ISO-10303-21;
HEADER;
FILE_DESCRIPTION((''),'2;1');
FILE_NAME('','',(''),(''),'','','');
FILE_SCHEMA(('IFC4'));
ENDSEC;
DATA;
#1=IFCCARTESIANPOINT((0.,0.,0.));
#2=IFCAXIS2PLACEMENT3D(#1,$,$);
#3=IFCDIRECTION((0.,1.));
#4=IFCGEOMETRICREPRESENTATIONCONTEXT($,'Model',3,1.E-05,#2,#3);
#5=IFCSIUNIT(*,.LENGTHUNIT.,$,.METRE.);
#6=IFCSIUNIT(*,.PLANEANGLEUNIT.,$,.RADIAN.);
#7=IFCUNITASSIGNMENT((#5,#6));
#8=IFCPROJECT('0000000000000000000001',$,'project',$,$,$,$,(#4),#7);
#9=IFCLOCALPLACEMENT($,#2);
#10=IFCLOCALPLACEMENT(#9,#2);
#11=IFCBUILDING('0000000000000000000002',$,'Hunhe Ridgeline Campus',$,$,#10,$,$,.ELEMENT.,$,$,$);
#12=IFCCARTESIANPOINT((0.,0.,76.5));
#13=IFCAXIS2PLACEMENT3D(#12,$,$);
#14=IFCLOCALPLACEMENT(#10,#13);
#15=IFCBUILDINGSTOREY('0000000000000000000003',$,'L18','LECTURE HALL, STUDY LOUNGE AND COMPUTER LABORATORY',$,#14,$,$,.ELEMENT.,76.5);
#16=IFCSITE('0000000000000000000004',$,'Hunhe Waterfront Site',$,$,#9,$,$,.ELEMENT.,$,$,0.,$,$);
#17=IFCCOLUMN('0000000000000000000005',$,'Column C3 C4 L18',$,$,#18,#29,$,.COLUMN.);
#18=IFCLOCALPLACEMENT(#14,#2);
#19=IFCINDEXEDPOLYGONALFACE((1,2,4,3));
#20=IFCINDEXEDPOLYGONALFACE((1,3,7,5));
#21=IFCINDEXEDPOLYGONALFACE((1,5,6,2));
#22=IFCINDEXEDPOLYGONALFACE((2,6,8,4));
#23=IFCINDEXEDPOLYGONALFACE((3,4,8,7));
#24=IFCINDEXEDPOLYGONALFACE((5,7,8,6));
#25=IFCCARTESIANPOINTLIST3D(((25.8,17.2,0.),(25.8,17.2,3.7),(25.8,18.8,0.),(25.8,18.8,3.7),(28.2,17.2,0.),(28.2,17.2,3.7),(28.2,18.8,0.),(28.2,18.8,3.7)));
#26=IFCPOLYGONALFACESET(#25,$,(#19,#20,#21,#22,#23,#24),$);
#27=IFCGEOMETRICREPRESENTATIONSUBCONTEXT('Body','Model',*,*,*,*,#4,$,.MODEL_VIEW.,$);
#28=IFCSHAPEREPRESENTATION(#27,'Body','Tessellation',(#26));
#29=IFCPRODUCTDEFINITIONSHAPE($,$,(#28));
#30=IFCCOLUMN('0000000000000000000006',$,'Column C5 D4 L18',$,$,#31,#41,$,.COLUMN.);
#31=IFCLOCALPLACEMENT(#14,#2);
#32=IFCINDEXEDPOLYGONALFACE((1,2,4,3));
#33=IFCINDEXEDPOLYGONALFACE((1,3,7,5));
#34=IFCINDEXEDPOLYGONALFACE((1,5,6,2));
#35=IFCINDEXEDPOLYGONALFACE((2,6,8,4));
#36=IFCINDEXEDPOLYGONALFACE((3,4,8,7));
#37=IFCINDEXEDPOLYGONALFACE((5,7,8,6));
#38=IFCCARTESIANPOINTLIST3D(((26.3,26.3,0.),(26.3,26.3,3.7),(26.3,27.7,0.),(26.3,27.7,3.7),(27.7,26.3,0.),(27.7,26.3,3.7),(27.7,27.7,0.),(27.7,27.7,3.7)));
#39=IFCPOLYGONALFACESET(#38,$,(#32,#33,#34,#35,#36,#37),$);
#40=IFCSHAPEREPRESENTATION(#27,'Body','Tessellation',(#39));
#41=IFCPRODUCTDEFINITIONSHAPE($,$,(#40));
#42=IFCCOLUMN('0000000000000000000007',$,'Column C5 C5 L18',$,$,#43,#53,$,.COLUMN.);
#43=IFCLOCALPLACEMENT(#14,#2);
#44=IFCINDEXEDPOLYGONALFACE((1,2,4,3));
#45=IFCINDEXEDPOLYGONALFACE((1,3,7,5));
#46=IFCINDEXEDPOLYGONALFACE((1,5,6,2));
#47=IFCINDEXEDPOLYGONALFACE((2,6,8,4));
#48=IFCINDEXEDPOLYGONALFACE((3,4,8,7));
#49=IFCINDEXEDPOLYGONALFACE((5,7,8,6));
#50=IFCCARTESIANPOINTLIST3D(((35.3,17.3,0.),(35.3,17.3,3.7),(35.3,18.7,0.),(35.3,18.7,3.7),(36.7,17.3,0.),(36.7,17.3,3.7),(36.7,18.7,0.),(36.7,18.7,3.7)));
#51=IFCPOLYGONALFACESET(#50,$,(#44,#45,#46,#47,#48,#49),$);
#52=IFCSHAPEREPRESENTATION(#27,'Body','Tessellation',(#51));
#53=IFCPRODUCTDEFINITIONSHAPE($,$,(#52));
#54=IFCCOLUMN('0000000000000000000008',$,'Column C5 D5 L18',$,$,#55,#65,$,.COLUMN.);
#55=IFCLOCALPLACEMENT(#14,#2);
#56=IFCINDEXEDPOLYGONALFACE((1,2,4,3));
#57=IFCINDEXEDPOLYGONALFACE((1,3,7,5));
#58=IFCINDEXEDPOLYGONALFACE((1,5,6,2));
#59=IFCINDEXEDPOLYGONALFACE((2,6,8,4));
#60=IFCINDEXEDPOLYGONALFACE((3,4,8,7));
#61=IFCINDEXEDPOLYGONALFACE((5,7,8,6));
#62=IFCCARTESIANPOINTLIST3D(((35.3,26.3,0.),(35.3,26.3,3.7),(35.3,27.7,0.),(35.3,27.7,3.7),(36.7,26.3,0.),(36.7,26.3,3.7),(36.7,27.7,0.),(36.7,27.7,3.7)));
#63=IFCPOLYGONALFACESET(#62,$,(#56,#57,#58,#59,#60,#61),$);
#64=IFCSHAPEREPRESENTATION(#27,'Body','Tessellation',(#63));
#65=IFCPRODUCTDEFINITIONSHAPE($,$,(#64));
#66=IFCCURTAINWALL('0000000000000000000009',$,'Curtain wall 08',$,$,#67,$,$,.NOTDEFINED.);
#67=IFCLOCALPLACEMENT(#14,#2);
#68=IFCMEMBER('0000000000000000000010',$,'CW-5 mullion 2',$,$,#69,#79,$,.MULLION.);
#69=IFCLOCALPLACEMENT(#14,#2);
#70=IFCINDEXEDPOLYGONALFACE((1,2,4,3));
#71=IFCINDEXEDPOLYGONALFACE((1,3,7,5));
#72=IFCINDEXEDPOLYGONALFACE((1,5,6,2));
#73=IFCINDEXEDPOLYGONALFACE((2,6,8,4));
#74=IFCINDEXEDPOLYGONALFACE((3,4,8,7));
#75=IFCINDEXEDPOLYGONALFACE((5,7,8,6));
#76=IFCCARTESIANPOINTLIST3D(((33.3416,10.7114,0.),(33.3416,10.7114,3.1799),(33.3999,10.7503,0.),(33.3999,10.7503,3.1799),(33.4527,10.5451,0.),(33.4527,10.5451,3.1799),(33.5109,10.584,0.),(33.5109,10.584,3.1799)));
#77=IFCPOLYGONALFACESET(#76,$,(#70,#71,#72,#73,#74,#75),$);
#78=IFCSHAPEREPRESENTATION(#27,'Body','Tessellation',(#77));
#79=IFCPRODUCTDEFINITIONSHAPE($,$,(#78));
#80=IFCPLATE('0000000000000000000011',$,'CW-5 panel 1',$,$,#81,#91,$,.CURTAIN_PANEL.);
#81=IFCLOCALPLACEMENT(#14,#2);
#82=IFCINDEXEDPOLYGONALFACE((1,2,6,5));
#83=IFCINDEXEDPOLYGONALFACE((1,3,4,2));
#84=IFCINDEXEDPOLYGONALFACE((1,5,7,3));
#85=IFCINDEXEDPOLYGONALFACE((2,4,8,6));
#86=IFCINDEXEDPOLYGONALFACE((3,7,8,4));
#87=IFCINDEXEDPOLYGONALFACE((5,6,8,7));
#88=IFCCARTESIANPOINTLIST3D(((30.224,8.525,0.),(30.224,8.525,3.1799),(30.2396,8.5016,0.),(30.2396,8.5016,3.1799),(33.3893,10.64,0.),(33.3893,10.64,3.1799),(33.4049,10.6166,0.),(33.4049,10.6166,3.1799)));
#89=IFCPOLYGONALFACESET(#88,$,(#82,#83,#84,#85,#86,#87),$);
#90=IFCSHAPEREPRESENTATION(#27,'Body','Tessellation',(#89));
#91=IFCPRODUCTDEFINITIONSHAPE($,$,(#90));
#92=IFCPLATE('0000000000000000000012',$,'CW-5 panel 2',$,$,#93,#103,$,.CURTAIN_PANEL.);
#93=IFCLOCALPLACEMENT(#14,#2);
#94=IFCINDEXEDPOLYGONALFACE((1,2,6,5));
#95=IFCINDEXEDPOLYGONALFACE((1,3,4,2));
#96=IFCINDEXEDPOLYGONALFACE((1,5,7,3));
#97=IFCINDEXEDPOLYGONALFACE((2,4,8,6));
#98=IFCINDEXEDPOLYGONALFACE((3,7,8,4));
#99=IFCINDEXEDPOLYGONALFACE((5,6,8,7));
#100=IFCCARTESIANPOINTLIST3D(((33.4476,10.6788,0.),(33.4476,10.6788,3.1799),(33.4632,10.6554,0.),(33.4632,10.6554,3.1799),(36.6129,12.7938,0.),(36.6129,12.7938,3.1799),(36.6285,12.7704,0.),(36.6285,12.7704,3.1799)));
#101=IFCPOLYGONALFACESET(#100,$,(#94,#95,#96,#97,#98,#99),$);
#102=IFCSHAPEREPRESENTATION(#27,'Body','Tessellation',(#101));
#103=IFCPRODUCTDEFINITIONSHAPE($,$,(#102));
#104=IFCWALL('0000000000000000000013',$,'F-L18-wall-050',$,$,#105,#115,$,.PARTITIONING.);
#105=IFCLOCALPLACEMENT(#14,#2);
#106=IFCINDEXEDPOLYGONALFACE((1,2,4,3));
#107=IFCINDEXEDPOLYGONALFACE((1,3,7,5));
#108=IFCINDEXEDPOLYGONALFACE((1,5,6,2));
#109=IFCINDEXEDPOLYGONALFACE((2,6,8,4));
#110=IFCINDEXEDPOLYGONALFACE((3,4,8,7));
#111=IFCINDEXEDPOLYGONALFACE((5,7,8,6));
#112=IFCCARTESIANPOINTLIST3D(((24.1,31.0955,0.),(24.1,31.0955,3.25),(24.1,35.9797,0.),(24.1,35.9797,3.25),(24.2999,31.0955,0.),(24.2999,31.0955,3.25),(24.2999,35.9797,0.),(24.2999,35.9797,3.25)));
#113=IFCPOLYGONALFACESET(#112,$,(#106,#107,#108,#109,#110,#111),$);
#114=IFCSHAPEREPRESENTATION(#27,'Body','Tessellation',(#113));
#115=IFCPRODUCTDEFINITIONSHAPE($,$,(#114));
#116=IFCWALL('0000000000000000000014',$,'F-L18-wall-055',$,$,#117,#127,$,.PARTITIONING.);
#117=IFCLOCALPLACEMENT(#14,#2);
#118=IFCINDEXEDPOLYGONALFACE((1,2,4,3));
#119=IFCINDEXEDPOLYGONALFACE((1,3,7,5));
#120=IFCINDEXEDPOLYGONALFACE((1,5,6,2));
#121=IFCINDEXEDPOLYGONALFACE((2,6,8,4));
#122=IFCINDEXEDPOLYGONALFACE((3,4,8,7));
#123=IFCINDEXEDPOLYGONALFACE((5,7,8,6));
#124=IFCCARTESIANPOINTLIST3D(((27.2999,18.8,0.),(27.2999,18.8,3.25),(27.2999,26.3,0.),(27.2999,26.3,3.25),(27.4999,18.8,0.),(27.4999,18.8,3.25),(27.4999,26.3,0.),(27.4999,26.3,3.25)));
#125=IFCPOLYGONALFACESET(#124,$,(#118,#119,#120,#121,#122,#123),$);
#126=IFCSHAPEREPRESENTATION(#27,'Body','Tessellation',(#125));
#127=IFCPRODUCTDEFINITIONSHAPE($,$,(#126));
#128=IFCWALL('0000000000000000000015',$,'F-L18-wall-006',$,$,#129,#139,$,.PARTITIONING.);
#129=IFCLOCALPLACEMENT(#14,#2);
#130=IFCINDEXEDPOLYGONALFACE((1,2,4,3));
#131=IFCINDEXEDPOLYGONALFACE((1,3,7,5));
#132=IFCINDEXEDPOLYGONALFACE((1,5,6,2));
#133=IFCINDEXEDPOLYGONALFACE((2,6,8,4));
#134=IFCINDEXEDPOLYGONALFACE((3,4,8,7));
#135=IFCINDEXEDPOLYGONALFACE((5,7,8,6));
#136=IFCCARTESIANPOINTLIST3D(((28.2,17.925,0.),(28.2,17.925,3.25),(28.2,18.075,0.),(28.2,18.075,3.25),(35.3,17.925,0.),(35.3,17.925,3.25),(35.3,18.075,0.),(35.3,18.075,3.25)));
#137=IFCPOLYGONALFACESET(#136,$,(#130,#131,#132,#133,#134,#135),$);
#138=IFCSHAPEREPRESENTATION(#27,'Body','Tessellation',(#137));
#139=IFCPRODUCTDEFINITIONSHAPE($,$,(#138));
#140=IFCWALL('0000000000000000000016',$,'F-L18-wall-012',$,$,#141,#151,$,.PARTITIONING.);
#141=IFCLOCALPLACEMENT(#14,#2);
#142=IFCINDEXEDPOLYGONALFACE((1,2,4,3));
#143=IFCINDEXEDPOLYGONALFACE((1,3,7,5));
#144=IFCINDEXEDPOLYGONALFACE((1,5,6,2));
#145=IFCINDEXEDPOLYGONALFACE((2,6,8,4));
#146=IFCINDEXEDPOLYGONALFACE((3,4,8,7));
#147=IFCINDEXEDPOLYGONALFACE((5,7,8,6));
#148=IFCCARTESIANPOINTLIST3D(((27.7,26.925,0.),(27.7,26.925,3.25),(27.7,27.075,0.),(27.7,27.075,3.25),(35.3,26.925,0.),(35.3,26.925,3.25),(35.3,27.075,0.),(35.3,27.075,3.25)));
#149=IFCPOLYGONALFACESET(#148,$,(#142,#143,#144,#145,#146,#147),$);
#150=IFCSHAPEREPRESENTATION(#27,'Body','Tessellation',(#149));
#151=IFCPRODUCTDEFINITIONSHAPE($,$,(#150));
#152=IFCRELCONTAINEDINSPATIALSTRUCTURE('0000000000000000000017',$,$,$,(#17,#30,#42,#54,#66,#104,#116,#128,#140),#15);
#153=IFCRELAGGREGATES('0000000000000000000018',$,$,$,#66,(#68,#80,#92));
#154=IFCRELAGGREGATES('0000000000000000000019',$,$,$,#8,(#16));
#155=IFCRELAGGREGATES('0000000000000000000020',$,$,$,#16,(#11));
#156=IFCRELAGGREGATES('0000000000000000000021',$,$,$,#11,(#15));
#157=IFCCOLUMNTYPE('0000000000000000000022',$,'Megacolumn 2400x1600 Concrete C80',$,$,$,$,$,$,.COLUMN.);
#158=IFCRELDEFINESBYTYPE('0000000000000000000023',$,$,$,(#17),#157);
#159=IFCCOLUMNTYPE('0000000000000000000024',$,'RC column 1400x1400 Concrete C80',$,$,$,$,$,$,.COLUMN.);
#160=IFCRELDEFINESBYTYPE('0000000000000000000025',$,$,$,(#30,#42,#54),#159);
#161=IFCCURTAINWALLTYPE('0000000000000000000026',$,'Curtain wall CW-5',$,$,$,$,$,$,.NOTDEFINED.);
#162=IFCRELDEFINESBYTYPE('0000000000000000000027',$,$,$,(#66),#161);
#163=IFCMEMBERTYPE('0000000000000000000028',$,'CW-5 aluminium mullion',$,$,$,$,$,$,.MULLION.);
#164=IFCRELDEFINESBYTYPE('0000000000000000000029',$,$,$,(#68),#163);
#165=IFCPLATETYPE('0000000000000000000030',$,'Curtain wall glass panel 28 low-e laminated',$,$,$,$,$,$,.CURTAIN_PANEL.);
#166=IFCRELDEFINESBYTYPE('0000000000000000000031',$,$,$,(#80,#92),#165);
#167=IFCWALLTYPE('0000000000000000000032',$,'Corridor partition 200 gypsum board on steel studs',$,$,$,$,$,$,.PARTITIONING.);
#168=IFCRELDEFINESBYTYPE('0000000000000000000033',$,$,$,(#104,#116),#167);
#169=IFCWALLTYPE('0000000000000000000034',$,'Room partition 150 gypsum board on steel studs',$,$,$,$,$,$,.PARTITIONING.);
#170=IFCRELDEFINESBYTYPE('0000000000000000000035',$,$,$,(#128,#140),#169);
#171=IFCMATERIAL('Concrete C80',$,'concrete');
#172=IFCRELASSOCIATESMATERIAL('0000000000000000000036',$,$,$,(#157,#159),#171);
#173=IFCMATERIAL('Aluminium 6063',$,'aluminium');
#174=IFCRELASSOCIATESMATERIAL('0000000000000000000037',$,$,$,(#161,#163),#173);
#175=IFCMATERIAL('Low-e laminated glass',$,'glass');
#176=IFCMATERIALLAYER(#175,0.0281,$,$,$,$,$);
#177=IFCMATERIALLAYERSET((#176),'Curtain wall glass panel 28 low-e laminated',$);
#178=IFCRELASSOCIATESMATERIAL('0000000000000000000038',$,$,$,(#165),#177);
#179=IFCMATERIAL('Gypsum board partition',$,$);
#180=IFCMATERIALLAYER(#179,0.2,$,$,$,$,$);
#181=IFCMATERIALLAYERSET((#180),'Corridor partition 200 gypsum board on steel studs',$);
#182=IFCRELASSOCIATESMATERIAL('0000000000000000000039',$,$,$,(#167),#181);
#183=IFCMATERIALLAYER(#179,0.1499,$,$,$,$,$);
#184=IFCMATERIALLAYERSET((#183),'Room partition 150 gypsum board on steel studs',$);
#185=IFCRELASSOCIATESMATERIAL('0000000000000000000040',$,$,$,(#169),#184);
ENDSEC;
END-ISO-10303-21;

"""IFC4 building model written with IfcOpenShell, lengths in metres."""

from ifc_helpers import new_model, si_unit, direction, frame, frame_2d, origin, origin_2d, place, context, subcontext, project, spatial, rectangle, extrude, material, layer, layer_set, material_profile, profile_set, type_object, element, aggregate, save


model = new_model("IFC4")

# Units and contexts
model_context = context("Model", 3, precision=1e-05, world=origin(), true_north=direction((0.0, 1.0)))
body_context = subcontext(model_context, "Body", "Model", "MODEL_VIEW")
ifc_project = project(units=[si_unit("LENGTHUNIT", "METRE"), si_unit("PLANEANGLEUNIT", "RADIAN")], contexts=[model_context])

# Site, building, storey
site_placement = place(None, origin())
site = spatial("IfcSite", under=ifc_project, at=site_placement, Name="Hunhe Waterfront Site", CompositionType="ELEMENT", RefElevation=0.0)
building_placement = place(site_placement, origin())
building = spatial("IfcBuilding", under=site, at=building_placement, Name="Hunhe Ridgeline Campus", CompositionType="ELEMENT")
storey_placement = place(building_placement, frame((0.0, 0.0, 76.5)))
storey = spatial("IfcBuildingStorey", under=building, at=storey_placement, Name="L18", Description="LECTURE HALL, STUDY LOUNGE AND COMPUTER LABORATORY", CompositionType="ELEMENT", Elevation=76.5)

# Columns
ifc_material_1 = material(Name="Concrete C80", Category="concrete")
ifc_material_profile_1 = material_profile(ifc_material_1, rectangle(XDim=2.3999, YDim=1.6001, at=origin_2d()))
ifc_profile_set_1 = profile_set([ifc_material_profile_1], Name="Concrete C80")
column_type_1 = type_object("IfcColumnType", Name="Megacolumn 2400x1600 Concrete C80", PredefinedType="COLUMN", material=ifc_profile_set_1)
column_placement = place(storey_placement, frame((27.0, 18.0, 0.0), z_axis=(0.0, 0.0, 1.0), x_axis=(1.0, 0.0, 0.0)))
element("IfcColumn", 1, at=column_placement, inside=storey, type_object=column_type_1, Name="Column C3 C4 L18", PredefinedType="COLUMN", context=body_context, shape_type="SweptSolid", body=[
    extrude(rectangle(XDim=2.3999, YDim=1.6001, at=origin_2d()), origin(), (0.0, 0.0, 1.0), 3.7),
])
ifc_material_profile_2 = material_profile(ifc_material_1, rectangle(XDim=1.3999, YDim=1.3999, at=origin_2d()))
ifc_profile_set_2 = profile_set([ifc_material_profile_2], Name="Concrete C80")
column_type_2 = type_object("IfcColumnType", Name="RC column 1400x1400 Concrete C80", PredefinedType="COLUMN", material=ifc_profile_set_2)
for number, where, z_axis, x_axis, name in (
    (2, (27.0, 27.0, 0.0), (0.0, 0.0, 1.0), (1.0, 0.0, 0.0), "Column C5 D4 L18"),
    (3, (36.0, 18.0, 0.0), (0.0, 0.0, 1.0), (1.0, 0.0, 0.0), "Column C5 C5 L18"),
    (4, (36.0, 27.0, 0.0), (0.0, 0.0, 1.0), (1.0, 0.0, 0.0), "Column C5 D5 L18"),
):
    element("IfcColumn", number, at=place(storey_placement, frame(where, z_axis=z_axis, x_axis=x_axis)), inside=storey, type_object=column_type_2, Name=name, PredefinedType="COLUMN", context=body_context, shape_type="SweptSolid", body=[
        extrude(rectangle(XDim=1.3999, YDim=1.3999, at=origin_2d()), origin(), (0.0, 0.0, 1.0), 3.7),
    ])

# Curtain wall, member, plates
ifc_material_2 = material(Name="Aluminium 6063", Category="aluminium")
curtain_wall_type = type_object("IfcCurtainWallType", Name="Curtain wall CW-5", PredefinedType="NOTDEFINED", material=ifc_material_2)
curtain_wall_placement = place(storey_placement, origin())
curtain_wall = element("IfcCurtainWall", 5, at=curtain_wall_placement, inside=storey, type_object=curtain_wall_type, Name="Curtain wall 08", PredefinedType="NOTDEFINED")
ifc_material_profile_3 = material_profile(ifc_material_2, rectangle(XDim=0.2, YDim=0.0701, at=origin_2d()))
ifc_profile_set_3 = profile_set([ifc_material_profile_3], Name="Aluminium 6063")
member_type = type_object("IfcMemberType", Name="CW-5 aluminium mullion", PredefinedType="MULLION", material=ifc_profile_set_3)
member_placement = place(storey_placement, frame((33.4263, 10.6477, 0.0), z_axis=(0.0, 0.0, 1.0), x_axis=(-0.55557, 0.83147, 0.0)))
member = element("IfcMember", 6, at=member_placement, type_object=member_type, Name="CW-5 mullion 2", PredefinedType="MULLION", context=body_context, shape_type="SweptSolid", body=[
    extrude(rectangle(XDim=0.2, YDim=0.0701, at=origin_2d()), origin(), (0.0, 0.0, 1.0), 3.1799),
])
ifc_material_3 = material(Name="Low-e laminated glass", Category="glass")
ifc_layer_1 = layer(ifc_material_3, 0.0281)
ifc_layer_set_1 = layer_set([ifc_layer_1], Name="Curtain wall glass panel 28 low-e laminated")
plate_type = type_object("IfcPlateType", Name="Curtain wall glass panel 28 low-e laminated", PredefinedType="CURTAIN_PANEL", material=ifc_layer_set_1)
plate_1_placement = place(storey_placement, frame((31.8145, 9.5708, 0.0), z_axis=(0.0, 0.0, 1.0), x_axis=(0.83147, 0.55557, 0.0)))
plate_1 = element("IfcPlate", 7, at=plate_1_placement, type_object=plate_type, Name="CW-5 panel 1", PredefinedType="CURTAIN_PANEL", context=body_context, shape_type="SweptSolid", body=[
    extrude(rectangle(XDim=3.8069, YDim=0.0281, at=origin_2d()), origin(), (0.0, 0.0, 1.0), 3.1799),
])
plate_2_placement = place(storey_placement, frame((35.0381, 11.7246, 0.0), z_axis=(0.0, 0.0, 1.0), x_axis=(0.83147, 0.55557, 0.0)))
plate_2 = element("IfcPlate", 8, at=plate_2_placement, type_object=plate_type, Name="CW-5 panel 2", PredefinedType="CURTAIN_PANEL", context=body_context, shape_type="SweptSolid", body=[
    extrude(rectangle(XDim=3.8069, YDim=0.0281, at=origin_2d()), origin(), (0.0, 0.0, 1.0), 3.1799),
])
aggregate(curtain_wall, [member, plate_1, plate_2])

# Wall
ifc_material_4 = material(Name="Gypsum board partition")
ifc_layer_2 = layer(ifc_material_4, 0.2)
ifc_layer_set_2 = layer_set([ifc_layer_2], Name="Corridor partition 200 gypsum board on steel studs")
wall_type_1 = type_object("IfcWallType", Name="Corridor partition 200 gypsum board on steel studs", PredefinedType="PARTITIONING", material=ifc_layer_set_2)
wall_1_placement = place(storey_placement, frame((24.2, 31.0955, 0.0), z_axis=(0.0, 0.0, 1.0), x_axis=(0.0, 1.0, 0.0)))
element("IfcWall", 9, at=wall_1_placement, inside=storey, type_object=wall_type_1, Name="F-L18-wall-050", PredefinedType="PARTITIONING", context=body_context, shape_type="SweptSolid", body=[
    extrude(rectangle(XDim=4.8843, YDim=0.2, at=frame_2d((2.4421, 0.0))), origin(), (0.0, 0.0, 1.0), 3.25),
])

# Walls
wall_2_placement = place(storey_placement, frame((27.3999, 26.3, 0.0), z_axis=(0.0, 0.0, 1.0), x_axis=(0.0, -1.0, 0.0)))
element("IfcWall", 10, at=wall_2_placement, inside=storey, type_object=wall_type_1, Name="F-L18-wall-055", PredefinedType="PARTITIONING", context=body_context, shape_type="SweptSolid", body=[
    extrude(rectangle(XDim=7.5, YDim=0.2, at=frame_2d((3.75, 0.0))), origin(), (0.0, 0.0, 1.0), 3.25),
])
ifc_layer_3 = layer(ifc_material_4, 0.1499)
ifc_layer_set_3 = layer_set([ifc_layer_3], Name="Room partition 150 gypsum board on steel studs")
wall_type_2 = type_object("IfcWallType", Name="Room partition 150 gypsum board on steel studs", PredefinedType="PARTITIONING", material=ifc_layer_set_3)
wall_3_placement = place(storey_placement, frame((28.2, 18.0, 0.0), z_axis=(0.0, 0.0, 1.0), x_axis=(1.0, 0.0, 0.0)))
element("IfcWall", 11, at=wall_3_placement, inside=storey, type_object=wall_type_2, Name="F-L18-wall-006", PredefinedType="PARTITIONING", context=body_context, shape_type="SweptSolid", body=[
    extrude(rectangle(XDim=7.1001, YDim=0.1499, at=frame_2d((3.55, 0.0))), origin(), (0.0, 0.0, 1.0), 3.25),
])
wall_4_placement = place(storey_placement, frame((27.7, 27.0, 0.0), z_axis=(0.0, 0.0, 1.0), x_axis=(1.0, 0.0, 0.0)))
element("IfcWall", 12, at=wall_4_placement, inside=storey, type_object=wall_type_2, Name="F-L18-wall-012", PredefinedType="PARTITIONING", context=body_context, shape_type="SweptSolid", body=[
    extrude(rectangle(XDim=7.6001, YDim=0.1499, at=frame_2d((3.8, 0.0))), origin(), (0.0, 0.0, 1.0), 3.25),
])

save(model, "model.ifc")
